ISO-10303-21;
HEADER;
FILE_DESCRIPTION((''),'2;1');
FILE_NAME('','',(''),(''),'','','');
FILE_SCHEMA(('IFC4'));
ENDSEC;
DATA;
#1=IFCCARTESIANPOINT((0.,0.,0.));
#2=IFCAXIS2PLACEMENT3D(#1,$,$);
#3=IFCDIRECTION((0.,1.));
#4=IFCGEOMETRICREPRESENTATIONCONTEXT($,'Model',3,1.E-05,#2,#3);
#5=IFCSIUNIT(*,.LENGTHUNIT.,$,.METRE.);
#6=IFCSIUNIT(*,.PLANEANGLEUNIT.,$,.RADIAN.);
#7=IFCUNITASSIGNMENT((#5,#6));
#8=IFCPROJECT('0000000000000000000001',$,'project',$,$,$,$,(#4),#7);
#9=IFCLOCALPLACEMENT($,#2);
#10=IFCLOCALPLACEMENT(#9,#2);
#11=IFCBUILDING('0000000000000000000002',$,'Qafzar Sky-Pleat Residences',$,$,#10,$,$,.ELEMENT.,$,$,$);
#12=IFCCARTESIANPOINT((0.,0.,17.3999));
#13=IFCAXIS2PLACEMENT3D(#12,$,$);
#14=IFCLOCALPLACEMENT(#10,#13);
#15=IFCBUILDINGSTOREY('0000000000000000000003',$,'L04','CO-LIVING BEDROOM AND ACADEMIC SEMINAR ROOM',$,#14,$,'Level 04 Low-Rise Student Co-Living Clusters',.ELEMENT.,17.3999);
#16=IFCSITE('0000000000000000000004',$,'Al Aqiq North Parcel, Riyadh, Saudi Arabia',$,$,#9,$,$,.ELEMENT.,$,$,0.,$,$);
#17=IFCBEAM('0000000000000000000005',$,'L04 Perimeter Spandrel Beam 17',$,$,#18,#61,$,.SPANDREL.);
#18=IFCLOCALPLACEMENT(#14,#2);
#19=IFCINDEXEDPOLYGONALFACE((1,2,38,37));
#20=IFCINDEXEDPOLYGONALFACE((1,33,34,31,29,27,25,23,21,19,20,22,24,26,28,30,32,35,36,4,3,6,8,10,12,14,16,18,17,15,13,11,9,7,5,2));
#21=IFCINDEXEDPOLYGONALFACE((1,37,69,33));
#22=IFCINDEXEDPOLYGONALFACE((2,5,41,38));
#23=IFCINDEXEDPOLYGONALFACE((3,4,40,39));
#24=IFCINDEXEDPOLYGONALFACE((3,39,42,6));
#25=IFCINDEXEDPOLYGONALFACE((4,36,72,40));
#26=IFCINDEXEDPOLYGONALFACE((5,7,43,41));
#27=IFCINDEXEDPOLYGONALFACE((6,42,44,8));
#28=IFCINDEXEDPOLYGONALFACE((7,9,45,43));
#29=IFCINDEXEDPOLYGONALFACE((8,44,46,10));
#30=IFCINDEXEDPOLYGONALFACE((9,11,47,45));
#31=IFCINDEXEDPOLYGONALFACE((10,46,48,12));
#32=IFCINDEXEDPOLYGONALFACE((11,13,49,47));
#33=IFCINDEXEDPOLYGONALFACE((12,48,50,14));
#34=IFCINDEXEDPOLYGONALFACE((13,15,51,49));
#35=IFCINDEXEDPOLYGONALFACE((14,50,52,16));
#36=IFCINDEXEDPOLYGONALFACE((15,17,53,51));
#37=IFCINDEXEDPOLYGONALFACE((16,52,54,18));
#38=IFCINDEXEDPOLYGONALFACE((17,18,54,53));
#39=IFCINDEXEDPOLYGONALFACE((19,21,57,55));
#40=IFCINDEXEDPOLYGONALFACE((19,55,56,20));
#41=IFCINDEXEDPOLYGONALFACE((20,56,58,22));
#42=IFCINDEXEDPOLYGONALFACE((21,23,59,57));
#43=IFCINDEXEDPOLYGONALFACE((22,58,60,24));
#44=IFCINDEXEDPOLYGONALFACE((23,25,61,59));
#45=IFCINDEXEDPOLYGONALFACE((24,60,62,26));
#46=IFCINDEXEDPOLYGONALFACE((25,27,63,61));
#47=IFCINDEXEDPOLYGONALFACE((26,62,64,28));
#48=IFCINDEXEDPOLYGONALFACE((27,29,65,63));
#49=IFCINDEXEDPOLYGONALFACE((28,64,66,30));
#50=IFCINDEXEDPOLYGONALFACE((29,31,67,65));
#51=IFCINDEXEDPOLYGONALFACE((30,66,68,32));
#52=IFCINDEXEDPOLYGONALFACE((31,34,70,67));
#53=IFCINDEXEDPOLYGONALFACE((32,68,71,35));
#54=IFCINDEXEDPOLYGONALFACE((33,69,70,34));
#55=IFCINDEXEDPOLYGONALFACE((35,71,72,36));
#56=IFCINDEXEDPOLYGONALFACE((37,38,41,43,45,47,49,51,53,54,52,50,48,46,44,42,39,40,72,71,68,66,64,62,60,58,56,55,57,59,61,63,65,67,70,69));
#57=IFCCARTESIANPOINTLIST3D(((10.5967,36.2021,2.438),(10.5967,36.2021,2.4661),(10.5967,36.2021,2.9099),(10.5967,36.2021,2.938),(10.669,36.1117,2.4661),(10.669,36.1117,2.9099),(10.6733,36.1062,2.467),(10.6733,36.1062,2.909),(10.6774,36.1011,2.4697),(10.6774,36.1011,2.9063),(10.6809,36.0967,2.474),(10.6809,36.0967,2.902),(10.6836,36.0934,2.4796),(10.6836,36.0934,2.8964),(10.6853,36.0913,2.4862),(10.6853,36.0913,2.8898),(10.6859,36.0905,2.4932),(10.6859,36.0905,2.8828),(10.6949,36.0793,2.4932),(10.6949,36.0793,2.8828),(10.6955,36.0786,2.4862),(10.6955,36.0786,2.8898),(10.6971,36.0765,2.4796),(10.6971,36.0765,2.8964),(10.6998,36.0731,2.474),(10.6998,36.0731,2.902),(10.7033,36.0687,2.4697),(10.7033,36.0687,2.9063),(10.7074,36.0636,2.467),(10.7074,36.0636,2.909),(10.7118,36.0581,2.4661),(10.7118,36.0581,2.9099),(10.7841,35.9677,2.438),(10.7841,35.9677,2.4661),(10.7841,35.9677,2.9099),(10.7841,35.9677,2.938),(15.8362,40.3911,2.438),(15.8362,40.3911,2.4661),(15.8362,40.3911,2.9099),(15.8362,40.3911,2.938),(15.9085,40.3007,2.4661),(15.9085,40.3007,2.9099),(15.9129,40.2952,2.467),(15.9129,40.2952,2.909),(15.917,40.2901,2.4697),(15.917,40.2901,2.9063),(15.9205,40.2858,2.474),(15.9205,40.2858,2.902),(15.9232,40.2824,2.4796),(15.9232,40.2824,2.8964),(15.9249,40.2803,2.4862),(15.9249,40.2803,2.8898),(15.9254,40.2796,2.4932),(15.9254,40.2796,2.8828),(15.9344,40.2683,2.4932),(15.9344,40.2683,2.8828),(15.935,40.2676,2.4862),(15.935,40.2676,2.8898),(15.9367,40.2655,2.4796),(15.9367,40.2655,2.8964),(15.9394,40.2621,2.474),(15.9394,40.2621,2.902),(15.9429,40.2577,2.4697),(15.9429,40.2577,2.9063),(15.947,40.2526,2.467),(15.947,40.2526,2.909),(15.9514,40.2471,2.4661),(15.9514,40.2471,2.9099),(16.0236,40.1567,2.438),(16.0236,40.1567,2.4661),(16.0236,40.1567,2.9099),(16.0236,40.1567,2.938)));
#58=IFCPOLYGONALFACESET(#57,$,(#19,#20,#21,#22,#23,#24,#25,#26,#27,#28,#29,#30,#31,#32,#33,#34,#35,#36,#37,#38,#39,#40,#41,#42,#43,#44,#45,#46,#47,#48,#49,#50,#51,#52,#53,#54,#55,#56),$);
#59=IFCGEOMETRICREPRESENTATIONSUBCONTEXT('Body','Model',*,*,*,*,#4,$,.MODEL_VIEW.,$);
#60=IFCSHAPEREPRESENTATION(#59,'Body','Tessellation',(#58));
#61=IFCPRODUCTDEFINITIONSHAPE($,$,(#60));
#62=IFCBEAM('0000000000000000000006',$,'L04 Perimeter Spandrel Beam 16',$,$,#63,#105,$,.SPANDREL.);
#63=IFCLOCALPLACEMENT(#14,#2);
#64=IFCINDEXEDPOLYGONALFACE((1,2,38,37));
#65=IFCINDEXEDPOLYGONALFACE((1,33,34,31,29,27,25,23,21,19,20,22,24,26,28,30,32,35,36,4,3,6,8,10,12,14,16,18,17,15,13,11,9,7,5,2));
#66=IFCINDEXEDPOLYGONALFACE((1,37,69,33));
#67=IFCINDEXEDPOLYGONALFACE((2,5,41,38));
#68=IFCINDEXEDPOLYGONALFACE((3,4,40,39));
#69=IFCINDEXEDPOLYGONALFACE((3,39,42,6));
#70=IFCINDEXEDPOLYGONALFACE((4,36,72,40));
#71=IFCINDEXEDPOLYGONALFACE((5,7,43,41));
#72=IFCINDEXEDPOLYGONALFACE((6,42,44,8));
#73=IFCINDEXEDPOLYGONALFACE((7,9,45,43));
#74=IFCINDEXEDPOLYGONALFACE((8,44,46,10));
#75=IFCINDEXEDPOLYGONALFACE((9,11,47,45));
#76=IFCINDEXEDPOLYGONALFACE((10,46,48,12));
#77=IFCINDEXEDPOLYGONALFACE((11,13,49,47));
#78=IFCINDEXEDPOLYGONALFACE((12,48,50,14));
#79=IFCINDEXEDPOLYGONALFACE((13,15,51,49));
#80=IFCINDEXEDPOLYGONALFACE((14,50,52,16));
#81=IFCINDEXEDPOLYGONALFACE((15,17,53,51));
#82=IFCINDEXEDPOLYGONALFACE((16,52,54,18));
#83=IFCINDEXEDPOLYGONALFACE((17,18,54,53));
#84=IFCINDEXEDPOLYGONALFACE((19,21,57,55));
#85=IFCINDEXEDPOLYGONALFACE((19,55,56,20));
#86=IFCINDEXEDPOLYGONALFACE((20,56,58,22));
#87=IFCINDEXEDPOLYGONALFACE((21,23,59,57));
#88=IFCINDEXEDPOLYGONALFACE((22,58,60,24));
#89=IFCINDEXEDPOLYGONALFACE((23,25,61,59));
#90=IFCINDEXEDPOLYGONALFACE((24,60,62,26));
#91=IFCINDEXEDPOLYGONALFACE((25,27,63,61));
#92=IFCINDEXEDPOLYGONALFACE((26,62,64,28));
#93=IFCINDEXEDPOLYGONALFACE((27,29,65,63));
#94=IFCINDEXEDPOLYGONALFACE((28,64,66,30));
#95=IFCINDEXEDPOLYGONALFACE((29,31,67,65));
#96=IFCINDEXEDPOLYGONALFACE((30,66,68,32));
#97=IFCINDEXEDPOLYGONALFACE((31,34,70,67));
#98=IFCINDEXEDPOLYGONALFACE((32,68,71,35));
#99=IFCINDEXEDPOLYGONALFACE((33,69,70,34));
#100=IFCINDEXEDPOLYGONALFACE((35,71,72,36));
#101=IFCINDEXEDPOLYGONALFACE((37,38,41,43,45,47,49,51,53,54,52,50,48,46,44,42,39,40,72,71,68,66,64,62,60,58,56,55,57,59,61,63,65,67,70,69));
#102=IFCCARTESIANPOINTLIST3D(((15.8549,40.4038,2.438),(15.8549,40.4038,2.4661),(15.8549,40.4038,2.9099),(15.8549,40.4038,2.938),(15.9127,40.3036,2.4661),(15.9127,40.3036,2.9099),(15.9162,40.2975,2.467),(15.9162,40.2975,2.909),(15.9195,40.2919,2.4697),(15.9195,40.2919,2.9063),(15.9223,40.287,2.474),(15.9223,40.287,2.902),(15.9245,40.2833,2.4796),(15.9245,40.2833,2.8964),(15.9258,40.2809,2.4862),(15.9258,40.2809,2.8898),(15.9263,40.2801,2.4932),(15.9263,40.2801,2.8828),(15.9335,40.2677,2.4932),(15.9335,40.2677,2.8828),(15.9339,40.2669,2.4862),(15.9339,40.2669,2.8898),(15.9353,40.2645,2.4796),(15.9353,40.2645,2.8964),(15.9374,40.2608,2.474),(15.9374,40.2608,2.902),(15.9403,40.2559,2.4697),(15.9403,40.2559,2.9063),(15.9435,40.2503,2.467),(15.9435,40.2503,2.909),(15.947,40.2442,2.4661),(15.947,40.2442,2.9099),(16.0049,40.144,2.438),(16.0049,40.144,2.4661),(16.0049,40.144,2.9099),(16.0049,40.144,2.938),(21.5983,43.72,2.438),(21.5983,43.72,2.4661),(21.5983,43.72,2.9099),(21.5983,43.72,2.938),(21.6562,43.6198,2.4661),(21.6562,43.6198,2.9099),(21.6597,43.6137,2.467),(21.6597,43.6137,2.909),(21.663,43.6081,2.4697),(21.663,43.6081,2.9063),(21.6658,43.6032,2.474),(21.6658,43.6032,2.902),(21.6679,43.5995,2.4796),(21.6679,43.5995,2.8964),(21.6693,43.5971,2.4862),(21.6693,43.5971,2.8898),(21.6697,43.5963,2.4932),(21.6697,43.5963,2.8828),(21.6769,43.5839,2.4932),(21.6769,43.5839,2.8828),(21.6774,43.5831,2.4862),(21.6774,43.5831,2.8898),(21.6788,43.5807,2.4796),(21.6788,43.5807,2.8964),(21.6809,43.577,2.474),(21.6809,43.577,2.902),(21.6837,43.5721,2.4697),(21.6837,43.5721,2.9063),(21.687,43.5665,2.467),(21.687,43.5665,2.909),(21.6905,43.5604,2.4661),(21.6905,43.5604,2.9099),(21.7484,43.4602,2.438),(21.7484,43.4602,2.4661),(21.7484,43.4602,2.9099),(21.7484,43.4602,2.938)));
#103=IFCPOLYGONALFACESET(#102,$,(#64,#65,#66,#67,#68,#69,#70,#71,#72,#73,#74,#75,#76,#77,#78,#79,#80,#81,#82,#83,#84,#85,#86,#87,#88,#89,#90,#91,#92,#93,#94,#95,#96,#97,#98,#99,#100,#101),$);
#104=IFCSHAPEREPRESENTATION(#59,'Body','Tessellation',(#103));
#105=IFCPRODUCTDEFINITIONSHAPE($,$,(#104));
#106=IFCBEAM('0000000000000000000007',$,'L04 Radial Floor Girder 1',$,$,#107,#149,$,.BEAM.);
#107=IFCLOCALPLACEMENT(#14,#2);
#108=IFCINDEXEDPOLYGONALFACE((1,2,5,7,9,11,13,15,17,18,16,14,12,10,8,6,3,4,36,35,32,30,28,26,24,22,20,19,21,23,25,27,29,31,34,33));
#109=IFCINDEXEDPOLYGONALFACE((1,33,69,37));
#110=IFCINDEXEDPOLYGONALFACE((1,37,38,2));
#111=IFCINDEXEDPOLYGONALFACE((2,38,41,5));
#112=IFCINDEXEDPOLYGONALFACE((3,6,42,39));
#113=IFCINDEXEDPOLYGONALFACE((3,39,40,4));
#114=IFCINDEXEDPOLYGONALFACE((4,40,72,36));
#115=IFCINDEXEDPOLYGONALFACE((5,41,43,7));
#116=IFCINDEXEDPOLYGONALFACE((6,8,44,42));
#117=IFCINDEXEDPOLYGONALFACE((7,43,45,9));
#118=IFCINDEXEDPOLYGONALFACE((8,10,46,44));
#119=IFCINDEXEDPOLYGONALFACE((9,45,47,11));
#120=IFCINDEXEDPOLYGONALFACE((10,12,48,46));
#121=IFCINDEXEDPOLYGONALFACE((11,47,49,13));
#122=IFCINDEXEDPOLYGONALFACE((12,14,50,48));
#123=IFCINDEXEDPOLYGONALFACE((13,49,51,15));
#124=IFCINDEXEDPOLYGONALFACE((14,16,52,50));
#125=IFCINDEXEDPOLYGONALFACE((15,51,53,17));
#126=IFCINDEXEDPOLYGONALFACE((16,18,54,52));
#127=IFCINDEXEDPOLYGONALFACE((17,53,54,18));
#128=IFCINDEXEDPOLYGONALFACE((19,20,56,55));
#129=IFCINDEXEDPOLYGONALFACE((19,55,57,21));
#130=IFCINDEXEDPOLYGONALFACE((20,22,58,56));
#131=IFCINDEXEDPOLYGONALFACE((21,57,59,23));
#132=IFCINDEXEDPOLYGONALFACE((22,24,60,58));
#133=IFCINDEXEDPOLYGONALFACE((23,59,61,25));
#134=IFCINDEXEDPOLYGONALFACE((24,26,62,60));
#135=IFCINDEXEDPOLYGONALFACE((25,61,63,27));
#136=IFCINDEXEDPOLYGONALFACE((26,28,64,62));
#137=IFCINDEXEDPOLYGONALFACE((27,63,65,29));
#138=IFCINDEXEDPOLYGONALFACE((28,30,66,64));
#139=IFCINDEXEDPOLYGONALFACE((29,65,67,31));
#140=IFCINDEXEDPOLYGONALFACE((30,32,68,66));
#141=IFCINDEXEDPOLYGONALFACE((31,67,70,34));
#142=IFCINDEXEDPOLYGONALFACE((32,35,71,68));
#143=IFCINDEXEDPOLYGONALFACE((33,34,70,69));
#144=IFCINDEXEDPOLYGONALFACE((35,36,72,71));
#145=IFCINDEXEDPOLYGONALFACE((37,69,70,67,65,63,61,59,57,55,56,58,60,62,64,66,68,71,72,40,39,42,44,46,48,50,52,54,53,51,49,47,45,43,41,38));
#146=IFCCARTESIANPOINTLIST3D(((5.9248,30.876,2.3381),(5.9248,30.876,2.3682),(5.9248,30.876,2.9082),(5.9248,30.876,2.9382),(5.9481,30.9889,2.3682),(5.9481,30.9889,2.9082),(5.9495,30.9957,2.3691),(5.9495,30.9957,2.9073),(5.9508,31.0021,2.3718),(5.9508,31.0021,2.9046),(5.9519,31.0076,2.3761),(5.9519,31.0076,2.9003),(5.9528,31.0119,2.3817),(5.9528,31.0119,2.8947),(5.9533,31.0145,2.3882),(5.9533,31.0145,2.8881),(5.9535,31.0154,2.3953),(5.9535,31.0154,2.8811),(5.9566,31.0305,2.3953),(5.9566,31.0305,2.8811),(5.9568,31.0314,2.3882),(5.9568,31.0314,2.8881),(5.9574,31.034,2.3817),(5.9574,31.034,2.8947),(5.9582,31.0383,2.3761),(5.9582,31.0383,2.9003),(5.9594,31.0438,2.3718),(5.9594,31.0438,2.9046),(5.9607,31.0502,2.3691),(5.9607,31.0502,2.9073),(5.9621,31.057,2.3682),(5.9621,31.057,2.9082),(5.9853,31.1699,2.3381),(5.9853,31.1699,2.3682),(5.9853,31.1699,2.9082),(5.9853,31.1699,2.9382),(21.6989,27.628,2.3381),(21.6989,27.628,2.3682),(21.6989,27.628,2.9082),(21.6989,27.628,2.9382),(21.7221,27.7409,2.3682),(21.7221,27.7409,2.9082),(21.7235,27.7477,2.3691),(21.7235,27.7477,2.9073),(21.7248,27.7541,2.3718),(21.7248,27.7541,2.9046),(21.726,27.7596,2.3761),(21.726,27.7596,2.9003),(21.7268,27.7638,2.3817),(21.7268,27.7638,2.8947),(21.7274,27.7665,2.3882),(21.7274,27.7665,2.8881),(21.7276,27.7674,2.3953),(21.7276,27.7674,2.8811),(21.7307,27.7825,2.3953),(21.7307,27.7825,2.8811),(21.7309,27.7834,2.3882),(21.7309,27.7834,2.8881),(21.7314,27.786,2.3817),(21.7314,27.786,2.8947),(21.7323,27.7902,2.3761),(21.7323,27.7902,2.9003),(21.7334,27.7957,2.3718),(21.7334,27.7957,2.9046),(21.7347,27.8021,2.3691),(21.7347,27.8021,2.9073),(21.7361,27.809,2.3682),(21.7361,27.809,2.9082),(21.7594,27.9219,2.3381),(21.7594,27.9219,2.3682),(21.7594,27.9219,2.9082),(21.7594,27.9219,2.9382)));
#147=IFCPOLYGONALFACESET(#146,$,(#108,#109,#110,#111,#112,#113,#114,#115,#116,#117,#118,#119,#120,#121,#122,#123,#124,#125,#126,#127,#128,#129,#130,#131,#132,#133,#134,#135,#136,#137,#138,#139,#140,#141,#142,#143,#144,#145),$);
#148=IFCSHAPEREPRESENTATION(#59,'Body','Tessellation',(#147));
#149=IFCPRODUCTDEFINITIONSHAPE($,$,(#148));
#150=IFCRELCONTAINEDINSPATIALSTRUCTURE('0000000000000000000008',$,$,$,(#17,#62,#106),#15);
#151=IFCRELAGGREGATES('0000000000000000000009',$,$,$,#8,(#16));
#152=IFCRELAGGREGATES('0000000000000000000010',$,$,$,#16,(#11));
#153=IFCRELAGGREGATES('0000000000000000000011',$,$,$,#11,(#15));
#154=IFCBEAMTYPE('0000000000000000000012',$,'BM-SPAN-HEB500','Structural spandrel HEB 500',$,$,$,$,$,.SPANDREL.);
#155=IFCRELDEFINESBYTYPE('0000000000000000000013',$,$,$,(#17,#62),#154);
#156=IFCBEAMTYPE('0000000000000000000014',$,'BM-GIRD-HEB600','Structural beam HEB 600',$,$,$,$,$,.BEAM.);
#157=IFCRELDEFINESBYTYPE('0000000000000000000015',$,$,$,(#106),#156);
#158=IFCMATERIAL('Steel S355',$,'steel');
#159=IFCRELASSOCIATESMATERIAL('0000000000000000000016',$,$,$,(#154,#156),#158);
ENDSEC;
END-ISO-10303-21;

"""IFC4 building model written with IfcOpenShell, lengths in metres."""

from ifc_helpers import new_model, si_unit, direction, frame, origin, origin_2d, place, context, subcontext, project, spatial, i_section, extrude, source, transform, mapped, material, material_profile, profile_set, type_object, element, save


model = new_model("IFC4")

# Units and contexts
model_context = context("Model", 3, precision=1e-05, world=origin(), true_north=direction((0.0, 1.0)))
body_context = subcontext(model_context, "Body", "Model", "MODEL_VIEW")
ifc_project = project(units=[si_unit("LENGTHUNIT", "METRE"), si_unit("PLANEANGLEUNIT", "RADIAN")], contexts=[model_context])

# Site, building, storey
site_placement = place(None, origin())
site = spatial("IfcSite", under=ifc_project, at=site_placement, Name="Al Aqiq North Parcel, Riyadh, Saudi Arabia", CompositionType="ELEMENT", RefElevation=0.0)
building_placement = place(site_placement, origin())
building = spatial("IfcBuilding", under=site, at=building_placement, Name="Qafzar Sky-Pleat Residences", CompositionType="ELEMENT")
storey_placement = place(building_placement, frame((0.0, 0.0, 17.3999)))
storey = spatial("IfcBuildingStorey", under=building, at=storey_placement, Name="L04", Description="CO-LIVING BEDROOM AND ACADEMIC SEMINAR ROOM", LongName="Level 04 Low-Rise Student Co-Living Clusters", CompositionType="ELEMENT", Elevation=17.3999)

# Beams
ifc_material_1 = material(Name="Steel S355", Category="steel")
ifc_material_profile_1 = material_profile(ifc_material_1, i_section(OverallWidth=0.3, OverallDepth=0.5, WebThickness=0.0144, FlangeThickness=0.0281, FilletRadius=0.0271, at=origin_2d()), Name="HEB 500")
ifc_profile_set_1 = profile_set([ifc_material_profile_1], Name="Steel S355")
beam_type_1 = type_object("IfcBeamType", Name="BM-SPAN-HEB500", Description="Structural spandrel HEB 500", PredefinedType="SPANDREL", material=ifc_profile_set_1)
shared_shape_1 = source(origin(), body_context, "Body", "SweptSolid", [
    extrude(i_section(OverallWidth=0.3, OverallDepth=0.5, WebThickness=0.0144, FlangeThickness=0.0281, FilletRadius=0.0271, at=origin_2d()), origin(), (0.0, 0.0, 1.0), 6.7083),
])
beam_1_placement = place(storey_placement, frame((15.9299, 40.2739, 2.688), z_axis=(-0.781061, -0.624455, 0.0), x_axis=(0.624455, -0.781061, 0.0)))
element("IfcBeam", 1, at=beam_1_placement, inside=storey, type_object=beam_type_1, Name="L04 Perimeter Spandrel Beam 17", PredefinedType="SPANDREL", context=body_context, shape_type="MappedRepresentation", body=[
    mapped(shared_shape_1, transform((0.0, 0.0, 0.0), x_axis=(1.0, 0.0, 0.0), y_axis=(0.0, 1.0, 0.0), z_axis=(0.0, 0.0, 1.0), scale=1.0)),
])
shared_shape_2 = source(origin(), body_context, "Body", "SweptSolid", [
    extrude(i_section(OverallWidth=0.3, OverallDepth=0.5, WebThickness=0.0144, FlangeThickness=0.0281, FilletRadius=0.0271, at=origin_2d()), origin(), (0.0, 0.0, 1.0), 6.6321),
])
beam_2_placement = place(storey_placement, frame((21.6733, 43.5901, 2.688), z_axis=(-0.866012, -0.500023, 0.0), x_axis=(0.500023, -0.866012, 0.0)))
element("IfcBeam", 2, at=beam_2_placement, inside=storey, type_object=beam_type_1, Name="L04 Perimeter Spandrel Beam 16", PredefinedType="SPANDREL", context=body_context, shape_type="MappedRepresentation", body=[
    mapped(shared_shape_2, transform((0.0, 0.0, 0.0), x_axis=(1.0, 0.0, 0.0), y_axis=(0.0, 1.0, 0.0), z_axis=(0.0, 0.0, 1.0), scale=1.0)),
])
ifc_material_profile_2 = material_profile(ifc_material_1, i_section(OverallWidth=0.3, OverallDepth=0.6001, WebThickness=0.0154, FlangeThickness=0.03, FilletRadius=0.0271, at=origin_2d()), Name="HEB 600")
ifc_profile_set_2 = profile_set([ifc_material_profile_2], Name="Steel S355")
beam_type_2 = type_object("IfcBeamType", Name="BM-GIRD-HEB600", Description="Structural beam HEB 600", PredefinedType="BEAM", material=ifc_profile_set_2)
shared_shape_3 = source(origin(), body_context, "Body", "SweptSolid", [
    extrude(i_section(OverallWidth=0.3, OverallDepth=0.6001, WebThickness=0.0154, FlangeThickness=0.03, FilletRadius=0.0271, at=origin_2d()), origin(), (0.0, 0.0, 1.0), 16.105),
])
beam_3_placement = place(storey_placement, frame((5.9551, 31.0229, 2.6382), z_axis=(0.979452, -0.201678, 0.0), x_axis=(0.201678, 0.979452, 0.0)))
element("IfcBeam", 3, at=beam_3_placement, inside=storey, type_object=beam_type_2, Name="L04 Radial Floor Girder 1", PredefinedType="BEAM", context=body_context, shape_type="MappedRepresentation", body=[
    mapped(shared_shape_3, transform((0.0, 0.0, 0.0), x_axis=(1.0, 0.0, 0.0), y_axis=(0.0, 1.0, 0.0), z_axis=(0.0, 0.0, 1.0), scale=1.0)),
])

save(model, "model.ifc")
